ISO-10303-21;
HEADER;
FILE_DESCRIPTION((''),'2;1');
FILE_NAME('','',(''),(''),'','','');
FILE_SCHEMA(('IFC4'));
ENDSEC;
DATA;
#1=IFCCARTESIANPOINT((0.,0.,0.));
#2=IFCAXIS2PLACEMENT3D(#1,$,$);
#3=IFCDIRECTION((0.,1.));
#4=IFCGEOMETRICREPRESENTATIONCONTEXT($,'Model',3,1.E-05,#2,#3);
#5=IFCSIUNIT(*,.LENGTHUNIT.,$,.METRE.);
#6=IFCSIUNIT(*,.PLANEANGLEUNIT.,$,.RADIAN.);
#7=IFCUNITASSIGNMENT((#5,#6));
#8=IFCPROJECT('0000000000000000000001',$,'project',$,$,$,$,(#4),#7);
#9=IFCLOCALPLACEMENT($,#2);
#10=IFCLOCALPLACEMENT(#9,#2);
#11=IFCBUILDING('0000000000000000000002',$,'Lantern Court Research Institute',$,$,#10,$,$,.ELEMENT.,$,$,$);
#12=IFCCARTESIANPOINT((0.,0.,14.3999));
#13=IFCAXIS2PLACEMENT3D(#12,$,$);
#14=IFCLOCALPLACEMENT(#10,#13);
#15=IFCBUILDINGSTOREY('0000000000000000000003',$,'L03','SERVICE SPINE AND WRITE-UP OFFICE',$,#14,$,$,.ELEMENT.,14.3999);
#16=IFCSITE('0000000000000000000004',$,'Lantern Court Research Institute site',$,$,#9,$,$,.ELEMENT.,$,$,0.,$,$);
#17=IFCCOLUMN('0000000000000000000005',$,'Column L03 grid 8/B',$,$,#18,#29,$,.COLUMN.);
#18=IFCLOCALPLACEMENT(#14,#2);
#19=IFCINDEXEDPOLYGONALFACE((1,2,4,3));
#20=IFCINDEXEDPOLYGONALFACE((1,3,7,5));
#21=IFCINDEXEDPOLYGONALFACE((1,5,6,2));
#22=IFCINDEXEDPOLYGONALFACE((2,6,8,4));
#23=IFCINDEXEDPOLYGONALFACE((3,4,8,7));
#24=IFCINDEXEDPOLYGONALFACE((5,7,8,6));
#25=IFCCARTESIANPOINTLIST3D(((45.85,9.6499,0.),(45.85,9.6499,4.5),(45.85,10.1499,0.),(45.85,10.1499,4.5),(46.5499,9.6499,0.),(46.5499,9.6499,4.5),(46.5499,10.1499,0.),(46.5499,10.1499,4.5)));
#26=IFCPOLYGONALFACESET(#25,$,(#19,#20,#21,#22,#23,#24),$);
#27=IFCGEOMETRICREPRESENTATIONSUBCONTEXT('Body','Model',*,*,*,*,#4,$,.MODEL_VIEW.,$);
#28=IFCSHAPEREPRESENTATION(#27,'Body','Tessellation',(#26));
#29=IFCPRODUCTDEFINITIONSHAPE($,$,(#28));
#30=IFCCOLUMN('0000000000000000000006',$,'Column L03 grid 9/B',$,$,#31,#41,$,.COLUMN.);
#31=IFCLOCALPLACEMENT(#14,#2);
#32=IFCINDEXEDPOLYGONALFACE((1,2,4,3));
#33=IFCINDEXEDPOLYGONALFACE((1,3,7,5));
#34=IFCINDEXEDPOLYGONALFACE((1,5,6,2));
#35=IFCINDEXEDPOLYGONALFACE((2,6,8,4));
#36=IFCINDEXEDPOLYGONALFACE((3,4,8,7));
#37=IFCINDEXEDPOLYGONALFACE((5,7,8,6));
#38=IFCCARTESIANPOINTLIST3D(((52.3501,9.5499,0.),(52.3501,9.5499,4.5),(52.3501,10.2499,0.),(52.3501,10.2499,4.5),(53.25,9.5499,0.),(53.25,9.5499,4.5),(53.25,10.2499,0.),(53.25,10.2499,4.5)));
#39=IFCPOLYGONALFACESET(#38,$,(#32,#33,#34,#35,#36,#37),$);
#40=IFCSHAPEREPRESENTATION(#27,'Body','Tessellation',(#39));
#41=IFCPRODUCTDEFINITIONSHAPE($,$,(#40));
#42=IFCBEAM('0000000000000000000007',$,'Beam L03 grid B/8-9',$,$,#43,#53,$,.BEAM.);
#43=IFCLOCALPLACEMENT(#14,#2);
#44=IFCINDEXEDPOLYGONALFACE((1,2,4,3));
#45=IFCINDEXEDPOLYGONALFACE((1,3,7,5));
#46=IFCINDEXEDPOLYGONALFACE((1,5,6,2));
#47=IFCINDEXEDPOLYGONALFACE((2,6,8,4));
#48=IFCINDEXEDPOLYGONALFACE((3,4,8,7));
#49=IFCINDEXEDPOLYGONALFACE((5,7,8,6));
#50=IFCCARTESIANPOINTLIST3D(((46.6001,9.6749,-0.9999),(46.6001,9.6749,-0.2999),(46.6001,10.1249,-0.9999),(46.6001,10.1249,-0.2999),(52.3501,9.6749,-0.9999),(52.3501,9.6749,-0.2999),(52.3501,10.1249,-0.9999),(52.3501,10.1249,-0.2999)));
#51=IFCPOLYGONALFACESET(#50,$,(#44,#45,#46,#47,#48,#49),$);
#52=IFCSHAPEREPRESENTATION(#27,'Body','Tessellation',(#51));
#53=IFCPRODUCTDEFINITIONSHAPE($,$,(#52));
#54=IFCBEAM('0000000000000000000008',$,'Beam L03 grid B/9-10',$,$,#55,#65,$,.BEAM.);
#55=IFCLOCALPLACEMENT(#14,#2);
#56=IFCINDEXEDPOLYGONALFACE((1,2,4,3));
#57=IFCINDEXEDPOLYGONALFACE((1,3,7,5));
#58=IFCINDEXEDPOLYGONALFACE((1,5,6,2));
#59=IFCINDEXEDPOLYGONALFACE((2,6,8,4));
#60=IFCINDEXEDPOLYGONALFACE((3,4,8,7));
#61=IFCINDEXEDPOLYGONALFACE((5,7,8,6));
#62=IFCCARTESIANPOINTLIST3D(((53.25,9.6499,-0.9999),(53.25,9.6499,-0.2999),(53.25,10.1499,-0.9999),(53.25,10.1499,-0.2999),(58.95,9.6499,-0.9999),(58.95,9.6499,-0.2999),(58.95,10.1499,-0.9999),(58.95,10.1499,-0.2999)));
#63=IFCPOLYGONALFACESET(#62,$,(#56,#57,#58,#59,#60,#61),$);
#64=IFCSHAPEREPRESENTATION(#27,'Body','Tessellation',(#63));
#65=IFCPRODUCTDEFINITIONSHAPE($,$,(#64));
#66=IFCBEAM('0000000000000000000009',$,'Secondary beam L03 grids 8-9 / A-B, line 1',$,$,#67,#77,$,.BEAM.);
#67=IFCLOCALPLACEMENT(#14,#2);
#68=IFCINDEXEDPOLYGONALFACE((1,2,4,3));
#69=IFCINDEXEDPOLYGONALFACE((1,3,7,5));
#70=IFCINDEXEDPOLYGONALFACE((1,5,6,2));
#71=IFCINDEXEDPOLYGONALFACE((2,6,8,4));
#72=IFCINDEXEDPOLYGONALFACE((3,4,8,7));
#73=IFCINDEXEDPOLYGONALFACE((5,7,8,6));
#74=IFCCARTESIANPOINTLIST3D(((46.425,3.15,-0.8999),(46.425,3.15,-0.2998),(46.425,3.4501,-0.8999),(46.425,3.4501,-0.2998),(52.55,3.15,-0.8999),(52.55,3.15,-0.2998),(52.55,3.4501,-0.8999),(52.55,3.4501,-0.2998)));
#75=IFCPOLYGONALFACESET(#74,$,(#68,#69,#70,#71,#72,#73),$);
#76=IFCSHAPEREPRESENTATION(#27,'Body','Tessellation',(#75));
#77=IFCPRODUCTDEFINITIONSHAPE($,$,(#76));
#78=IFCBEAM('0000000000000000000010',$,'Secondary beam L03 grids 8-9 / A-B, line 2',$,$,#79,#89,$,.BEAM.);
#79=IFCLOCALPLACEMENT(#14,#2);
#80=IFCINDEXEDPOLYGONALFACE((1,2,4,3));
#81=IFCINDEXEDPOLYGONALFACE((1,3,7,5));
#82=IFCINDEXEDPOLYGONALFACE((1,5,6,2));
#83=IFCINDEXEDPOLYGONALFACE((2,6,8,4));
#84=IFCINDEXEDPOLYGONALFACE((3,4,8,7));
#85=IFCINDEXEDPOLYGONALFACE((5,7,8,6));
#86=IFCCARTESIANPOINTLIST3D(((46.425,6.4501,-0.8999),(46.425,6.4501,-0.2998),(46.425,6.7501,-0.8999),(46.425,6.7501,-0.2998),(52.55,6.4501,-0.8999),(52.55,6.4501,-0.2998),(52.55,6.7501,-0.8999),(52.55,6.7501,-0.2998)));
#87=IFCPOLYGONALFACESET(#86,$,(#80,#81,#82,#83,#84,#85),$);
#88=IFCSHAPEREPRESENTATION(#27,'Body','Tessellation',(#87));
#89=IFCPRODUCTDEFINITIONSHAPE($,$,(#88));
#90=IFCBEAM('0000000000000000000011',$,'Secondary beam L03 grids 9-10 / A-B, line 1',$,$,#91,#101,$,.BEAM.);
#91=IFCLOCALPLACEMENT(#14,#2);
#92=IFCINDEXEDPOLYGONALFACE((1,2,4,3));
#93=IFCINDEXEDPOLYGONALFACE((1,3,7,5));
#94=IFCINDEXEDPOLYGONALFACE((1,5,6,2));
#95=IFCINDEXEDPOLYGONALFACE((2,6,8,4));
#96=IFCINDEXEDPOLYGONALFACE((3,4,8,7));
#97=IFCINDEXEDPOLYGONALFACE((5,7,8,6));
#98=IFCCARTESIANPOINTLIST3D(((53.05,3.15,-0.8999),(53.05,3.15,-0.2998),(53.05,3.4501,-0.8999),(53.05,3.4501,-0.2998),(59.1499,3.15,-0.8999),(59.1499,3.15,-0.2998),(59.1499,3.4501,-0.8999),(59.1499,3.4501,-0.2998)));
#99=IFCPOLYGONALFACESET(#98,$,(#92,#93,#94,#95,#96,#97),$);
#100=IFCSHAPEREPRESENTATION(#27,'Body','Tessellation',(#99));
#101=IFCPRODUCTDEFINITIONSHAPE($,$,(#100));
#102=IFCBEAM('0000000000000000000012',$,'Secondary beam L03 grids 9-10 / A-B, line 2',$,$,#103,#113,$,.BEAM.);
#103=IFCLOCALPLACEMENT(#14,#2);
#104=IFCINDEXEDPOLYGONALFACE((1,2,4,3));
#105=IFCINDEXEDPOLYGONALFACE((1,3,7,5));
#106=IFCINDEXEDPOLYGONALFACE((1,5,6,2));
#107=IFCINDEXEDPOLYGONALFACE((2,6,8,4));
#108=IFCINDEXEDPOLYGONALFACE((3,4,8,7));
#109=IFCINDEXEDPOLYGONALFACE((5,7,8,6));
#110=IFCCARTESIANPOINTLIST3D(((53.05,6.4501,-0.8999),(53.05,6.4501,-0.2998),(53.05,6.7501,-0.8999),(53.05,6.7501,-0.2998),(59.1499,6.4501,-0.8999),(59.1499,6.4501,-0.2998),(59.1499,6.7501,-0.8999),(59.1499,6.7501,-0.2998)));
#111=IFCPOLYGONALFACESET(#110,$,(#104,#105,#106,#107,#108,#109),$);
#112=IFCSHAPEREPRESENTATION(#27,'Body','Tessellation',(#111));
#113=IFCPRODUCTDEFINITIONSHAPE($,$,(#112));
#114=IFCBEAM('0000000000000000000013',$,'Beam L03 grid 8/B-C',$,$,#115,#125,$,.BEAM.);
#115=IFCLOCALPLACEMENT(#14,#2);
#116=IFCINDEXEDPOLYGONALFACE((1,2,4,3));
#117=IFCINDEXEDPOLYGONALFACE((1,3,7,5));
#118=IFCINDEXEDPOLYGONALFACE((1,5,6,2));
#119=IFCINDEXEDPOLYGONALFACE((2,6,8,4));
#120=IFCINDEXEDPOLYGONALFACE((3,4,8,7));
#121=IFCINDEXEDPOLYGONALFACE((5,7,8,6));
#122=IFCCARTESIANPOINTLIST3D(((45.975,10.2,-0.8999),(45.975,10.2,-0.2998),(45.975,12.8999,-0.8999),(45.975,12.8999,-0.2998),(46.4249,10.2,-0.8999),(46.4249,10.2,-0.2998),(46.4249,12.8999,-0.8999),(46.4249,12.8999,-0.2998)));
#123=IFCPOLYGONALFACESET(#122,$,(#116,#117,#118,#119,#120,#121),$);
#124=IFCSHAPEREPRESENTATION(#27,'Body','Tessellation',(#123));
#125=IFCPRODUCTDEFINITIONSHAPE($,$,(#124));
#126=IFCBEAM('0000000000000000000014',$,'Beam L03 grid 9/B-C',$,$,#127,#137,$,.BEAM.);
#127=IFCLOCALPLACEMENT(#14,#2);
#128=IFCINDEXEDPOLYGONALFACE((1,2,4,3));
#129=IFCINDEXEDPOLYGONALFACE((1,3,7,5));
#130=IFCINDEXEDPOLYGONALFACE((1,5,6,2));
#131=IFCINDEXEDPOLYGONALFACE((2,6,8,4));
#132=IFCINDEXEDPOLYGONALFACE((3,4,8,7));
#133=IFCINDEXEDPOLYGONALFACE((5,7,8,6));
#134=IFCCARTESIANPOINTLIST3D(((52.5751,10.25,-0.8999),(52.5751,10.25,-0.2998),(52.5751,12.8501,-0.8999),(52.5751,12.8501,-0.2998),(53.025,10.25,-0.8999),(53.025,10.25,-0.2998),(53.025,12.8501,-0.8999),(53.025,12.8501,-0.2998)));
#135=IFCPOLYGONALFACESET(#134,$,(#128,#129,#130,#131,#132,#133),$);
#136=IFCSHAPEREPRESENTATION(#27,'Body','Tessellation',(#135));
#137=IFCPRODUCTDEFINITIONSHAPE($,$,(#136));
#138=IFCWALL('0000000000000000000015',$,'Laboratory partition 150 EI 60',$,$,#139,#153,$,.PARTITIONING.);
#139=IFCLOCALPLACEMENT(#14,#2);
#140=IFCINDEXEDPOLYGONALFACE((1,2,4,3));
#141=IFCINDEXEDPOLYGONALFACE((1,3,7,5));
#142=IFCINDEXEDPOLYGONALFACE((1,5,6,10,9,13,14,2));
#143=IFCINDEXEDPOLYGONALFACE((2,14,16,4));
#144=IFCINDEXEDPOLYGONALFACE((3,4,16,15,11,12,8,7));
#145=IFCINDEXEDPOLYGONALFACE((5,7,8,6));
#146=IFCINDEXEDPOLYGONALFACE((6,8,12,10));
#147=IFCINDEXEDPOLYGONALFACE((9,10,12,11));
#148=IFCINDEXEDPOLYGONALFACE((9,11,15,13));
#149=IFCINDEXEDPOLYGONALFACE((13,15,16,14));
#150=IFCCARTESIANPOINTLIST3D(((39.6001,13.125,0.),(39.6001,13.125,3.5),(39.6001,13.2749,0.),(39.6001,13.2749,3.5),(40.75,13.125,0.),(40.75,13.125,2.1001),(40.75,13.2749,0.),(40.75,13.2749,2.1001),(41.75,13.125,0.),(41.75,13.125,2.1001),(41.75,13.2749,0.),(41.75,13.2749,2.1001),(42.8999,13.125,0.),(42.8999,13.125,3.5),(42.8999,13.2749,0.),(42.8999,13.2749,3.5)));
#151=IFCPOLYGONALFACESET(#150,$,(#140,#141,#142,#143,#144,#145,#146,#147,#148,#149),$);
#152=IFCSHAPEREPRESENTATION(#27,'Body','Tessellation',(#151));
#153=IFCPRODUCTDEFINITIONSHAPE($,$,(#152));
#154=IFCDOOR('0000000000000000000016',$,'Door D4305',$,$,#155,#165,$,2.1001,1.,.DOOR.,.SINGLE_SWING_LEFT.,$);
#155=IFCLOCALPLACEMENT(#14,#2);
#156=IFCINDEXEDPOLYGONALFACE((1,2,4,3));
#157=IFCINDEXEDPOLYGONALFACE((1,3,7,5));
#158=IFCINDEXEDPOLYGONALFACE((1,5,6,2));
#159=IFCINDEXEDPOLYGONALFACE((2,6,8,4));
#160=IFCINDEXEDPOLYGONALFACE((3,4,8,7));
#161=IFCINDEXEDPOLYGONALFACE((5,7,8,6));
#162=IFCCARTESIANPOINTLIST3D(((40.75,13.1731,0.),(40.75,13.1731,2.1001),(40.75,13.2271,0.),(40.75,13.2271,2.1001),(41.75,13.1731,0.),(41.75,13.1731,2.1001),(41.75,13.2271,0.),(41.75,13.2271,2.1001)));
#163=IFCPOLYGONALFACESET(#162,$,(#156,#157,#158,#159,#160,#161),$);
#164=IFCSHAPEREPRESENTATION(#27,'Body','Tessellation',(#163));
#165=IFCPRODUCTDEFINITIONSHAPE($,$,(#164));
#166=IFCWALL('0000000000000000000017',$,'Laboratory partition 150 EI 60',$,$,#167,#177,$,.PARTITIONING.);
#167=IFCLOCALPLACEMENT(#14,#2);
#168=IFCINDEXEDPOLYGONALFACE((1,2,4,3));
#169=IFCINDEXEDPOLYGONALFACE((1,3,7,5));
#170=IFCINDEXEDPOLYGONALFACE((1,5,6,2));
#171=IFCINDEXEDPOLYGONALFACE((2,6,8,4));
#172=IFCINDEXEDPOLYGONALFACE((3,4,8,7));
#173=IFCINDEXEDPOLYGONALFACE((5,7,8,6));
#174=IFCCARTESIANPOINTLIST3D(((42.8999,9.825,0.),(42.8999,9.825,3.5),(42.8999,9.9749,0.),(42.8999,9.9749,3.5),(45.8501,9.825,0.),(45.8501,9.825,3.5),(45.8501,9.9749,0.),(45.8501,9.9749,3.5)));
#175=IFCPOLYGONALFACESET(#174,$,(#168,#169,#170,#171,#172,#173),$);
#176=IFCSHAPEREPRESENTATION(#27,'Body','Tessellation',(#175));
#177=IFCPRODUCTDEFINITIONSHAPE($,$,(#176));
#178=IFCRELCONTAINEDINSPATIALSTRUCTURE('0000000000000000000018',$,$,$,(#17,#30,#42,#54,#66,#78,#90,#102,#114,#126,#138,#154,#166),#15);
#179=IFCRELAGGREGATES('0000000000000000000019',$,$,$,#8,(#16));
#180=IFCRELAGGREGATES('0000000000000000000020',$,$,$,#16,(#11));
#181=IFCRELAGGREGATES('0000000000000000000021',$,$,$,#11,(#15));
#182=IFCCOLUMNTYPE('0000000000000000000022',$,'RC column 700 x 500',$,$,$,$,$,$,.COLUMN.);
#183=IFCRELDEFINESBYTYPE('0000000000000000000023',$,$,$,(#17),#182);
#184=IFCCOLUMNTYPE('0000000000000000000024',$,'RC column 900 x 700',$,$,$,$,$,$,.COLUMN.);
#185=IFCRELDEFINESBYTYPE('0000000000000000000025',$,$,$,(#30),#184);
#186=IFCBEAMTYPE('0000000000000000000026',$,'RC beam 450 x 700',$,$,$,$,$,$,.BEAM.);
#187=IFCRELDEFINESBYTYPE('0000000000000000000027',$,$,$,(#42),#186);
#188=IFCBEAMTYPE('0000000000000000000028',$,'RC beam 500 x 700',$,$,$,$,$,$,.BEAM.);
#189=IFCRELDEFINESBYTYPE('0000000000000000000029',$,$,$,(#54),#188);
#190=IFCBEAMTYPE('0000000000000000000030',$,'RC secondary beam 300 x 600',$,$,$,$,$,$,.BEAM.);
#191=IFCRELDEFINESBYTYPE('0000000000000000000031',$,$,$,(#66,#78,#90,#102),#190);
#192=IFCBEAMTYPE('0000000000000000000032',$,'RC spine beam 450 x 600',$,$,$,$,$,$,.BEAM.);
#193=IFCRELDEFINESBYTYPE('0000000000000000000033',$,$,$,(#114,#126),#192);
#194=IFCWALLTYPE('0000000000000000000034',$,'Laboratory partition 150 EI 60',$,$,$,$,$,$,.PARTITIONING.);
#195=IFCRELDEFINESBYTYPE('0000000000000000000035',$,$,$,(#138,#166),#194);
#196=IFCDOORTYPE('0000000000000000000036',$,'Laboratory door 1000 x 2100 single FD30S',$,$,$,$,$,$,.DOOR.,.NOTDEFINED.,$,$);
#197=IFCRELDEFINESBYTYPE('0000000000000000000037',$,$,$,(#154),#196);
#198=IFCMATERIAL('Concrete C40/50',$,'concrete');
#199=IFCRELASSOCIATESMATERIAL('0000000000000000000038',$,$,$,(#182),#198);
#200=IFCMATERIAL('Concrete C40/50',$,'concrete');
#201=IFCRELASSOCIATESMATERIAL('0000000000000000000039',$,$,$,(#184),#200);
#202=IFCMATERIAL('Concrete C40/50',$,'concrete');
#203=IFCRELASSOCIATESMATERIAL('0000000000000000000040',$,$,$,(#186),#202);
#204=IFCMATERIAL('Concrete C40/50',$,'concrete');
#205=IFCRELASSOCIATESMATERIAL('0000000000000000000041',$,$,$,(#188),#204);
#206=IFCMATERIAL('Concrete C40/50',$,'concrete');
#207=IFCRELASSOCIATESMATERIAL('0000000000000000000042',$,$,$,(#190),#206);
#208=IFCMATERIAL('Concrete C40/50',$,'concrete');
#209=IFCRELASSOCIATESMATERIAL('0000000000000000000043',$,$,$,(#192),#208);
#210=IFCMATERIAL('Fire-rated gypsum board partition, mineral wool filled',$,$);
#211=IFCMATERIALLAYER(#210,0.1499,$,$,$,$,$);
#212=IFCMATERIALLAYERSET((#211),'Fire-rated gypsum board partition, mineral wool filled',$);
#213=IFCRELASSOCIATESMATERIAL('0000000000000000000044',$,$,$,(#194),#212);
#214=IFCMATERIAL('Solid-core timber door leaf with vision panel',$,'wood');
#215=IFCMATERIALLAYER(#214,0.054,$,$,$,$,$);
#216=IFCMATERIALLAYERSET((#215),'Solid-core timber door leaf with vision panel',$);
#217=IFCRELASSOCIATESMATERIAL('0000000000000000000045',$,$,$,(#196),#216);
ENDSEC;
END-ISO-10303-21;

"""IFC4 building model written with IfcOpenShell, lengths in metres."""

from ifc_helpers import new_model, si_unit, direction, frame, frame_2d, origin, origin_2d, place, context, subcontext, project, spatial, rectangle, extrude, material, layer, layer_set, material_profile, profile_set, type_object, element, fill, save


model = new_model("IFC4")

# Units and contexts
model_context = context("Model", 3, precision=1e-05, world=origin(), true_north=direction((0.0, 1.0)))
body_context = subcontext(model_context, "Body", "Model", "MODEL_VIEW")
ifc_project = project(units=[si_unit("LENGTHUNIT", "METRE"), si_unit("PLANEANGLEUNIT", "RADIAN")], contexts=[model_context])

# Site, building, storey
site_placement = place(None, origin())
site = spatial("IfcSite", under=ifc_project, at=site_placement, Name="Lantern Court Research Institute site", CompositionType="ELEMENT", RefElevation=0.0)
building_placement = place(site_placement, origin())
building = spatial("IfcBuilding", under=site, at=building_placement, Name="Lantern Court Research Institute", CompositionType="ELEMENT")
storey_placement = place(building_placement, frame((0.0, 0.0, 14.3999)))
storey = spatial("IfcBuildingStorey", under=building, at=storey_placement, Name="L03", Description="SERVICE SPINE AND WRITE-UP OFFICE", CompositionType="ELEMENT", Elevation=14.3999)

# Columns
ifc_material_1 = material(Name="Concrete C40/50", Category="concrete")
ifc_material_profile_1 = material_profile(ifc_material_1, rectangle(XDim=0.7, YDim=0.5, at=origin_2d()), Name="RC column 700 x 500")
ifc_profile_set_1 = profile_set([ifc_material_profile_1], Name="Concrete C40/50")
column_type_1 = type_object("IfcColumnType", Name="RC column 700 x 500", PredefinedType="COLUMN", material=ifc_profile_set_1)
column_1_placement = place(storey_placement, frame((46.2, 9.8999, 0.0), z_axis=(0.0, 0.0, 1.0), x_axis=(1.0, 0.0, 0.0)))
element("IfcColumn", 1, at=column_1_placement, inside=storey, type_object=column_type_1, Name="Column L03 grid 8/B", PredefinedType="COLUMN", context=body_context, shape_type="SweptSolid", body=[
    extrude(rectangle(XDim=0.7, YDim=0.5, at=origin_2d()), origin(), (0.0, 0.0, 1.0), 4.5),
])
ifc_material_2 = material(Name="Concrete C40/50", Category="concrete")
ifc_material_profile_2 = material_profile(ifc_material_2, rectangle(XDim=0.8999, YDim=0.7, at=origin_2d()), Name="RC column 900 x 700")
ifc_profile_set_2 = profile_set([ifc_material_profile_2], Name="Concrete C40/50")
column_type_2 = type_object("IfcColumnType", Name="RC column 900 x 700", PredefinedType="COLUMN", material=ifc_profile_set_2)
column_2_placement = place(storey_placement, frame((52.8, 9.8999, 0.0), z_axis=(0.0, 0.0, 1.0), x_axis=(1.0, 0.0, 0.0)))
element("IfcColumn", 2, at=column_2_placement, inside=storey, type_object=column_type_2, Name="Column L03 grid 9/B", PredefinedType="COLUMN", context=body_context, shape_type="SweptSolid", body=[
    extrude(rectangle(XDim=0.8999, YDim=0.7, at=origin_2d()), origin(), (0.0, 0.0, 1.0), 4.5),
])

# Beams
ifc_material_3 = material(Name="Concrete C40/50", Category="concrete")
ifc_material_profile_3 = material_profile(ifc_material_3, rectangle(XDim=0.45, YDim=0.7, at=origin_2d()), Name="RC beam 450 x 700")
ifc_profile_set_3 = profile_set([ifc_material_profile_3], Name="Concrete C40/50")
beam_type_1 = type_object("IfcBeamType", Name="RC beam 450 x 700", PredefinedType="BEAM", material=ifc_profile_set_3)
beam_1_placement = place(storey_placement, frame((46.6001, 9.8999, -0.6499), z_axis=(1.0, 0.0, 0.0), x_axis=(0.0, 1.0, 0.0)))
element("IfcBeam", 3, at=beam_1_placement, inside=storey, type_object=beam_type_1, Name="Beam L03 grid B/8-9", PredefinedType="BEAM", context=body_context, shape_type="SweptSolid", body=[
    extrude(rectangle(XDim=0.45, YDim=0.7, at=origin_2d()), origin(), (0.0, 0.0, 1.0), 5.75),
])
ifc_material_4 = material(Name="Concrete C40/50", Category="concrete")
ifc_material_profile_4 = material_profile(ifc_material_4, rectangle(XDim=0.5, YDim=0.7, at=origin_2d()), Name="RC beam 500 x 700")
ifc_profile_set_4 = profile_set([ifc_material_profile_4], Name="Concrete C40/50")
beam_type_2 = type_object("IfcBeamType", Name="RC beam 500 x 700", PredefinedType="BEAM", material=ifc_profile_set_4)
beam_2_placement = place(storey_placement, frame((53.25, 9.8999, -0.6499), z_axis=(1.0, 0.0, 0.0), x_axis=(0.0, 1.0, 0.0)))
element("IfcBeam", 4, at=beam_2_placement, inside=storey, type_object=beam_type_2, Name="Beam L03 grid B/9-10", PredefinedType="BEAM", context=body_context, shape_type="SweptSolid", body=[
    extrude(rectangle(XDim=0.5, YDim=0.7, at=origin_2d()), origin(), (0.0, 0.0, 1.0), 5.7),
])
ifc_material_5 = material(Name="Concrete C40/50", Category="concrete")
ifc_material_profile_5 = material_profile(ifc_material_5, rectangle(XDim=0.3, YDim=0.6001, at=origin_2d()), Name="RC beam 300 x 600")
ifc_profile_set_5 = profile_set([ifc_material_profile_5], Name="Concrete C40/50")
beam_type_3 = type_object("IfcBeamType", Name="RC secondary beam 300 x 600", PredefinedType="BEAM", material=ifc_profile_set_5)
for number, where, z_axis, x_axis, name in (
    (5, (46.425, 3.3, -0.5999), (1.0, 0.0, 0.0), (0.0, 1.0, 0.0), "Secondary beam L03 grids 8-9 / A-B, line 1"),
    (6, (46.425, 6.6001, -0.5999), (1.0, 0.0, 0.0), (0.0, 1.0, 0.0), "Secondary beam L03 grids 8-9 / A-B, line 2"),
):
    element("IfcBeam", number, at=place(storey_placement, frame(where, z_axis=z_axis, x_axis=x_axis)), inside=storey, type_object=beam_type_3, Name=name, PredefinedType="BEAM", context=body_context, shape_type="SweptSolid", body=[
        extrude(rectangle(XDim=0.3, YDim=0.6001, at=origin_2d()), origin(), (0.0, 0.0, 1.0), 6.125),
    ])
for number, where, z_axis, x_axis, name in (
    (7, (53.05, 3.3, -0.5999), (1.0, 0.0, 0.0), (0.0, 1.0, 0.0), "Secondary beam L03 grids 9-10 / A-B, line 1"),
    (8, (53.05, 6.6001, -0.5999), (1.0, 0.0, 0.0), (0.0, 1.0, 0.0), "Secondary beam L03 grids 9-10 / A-B, line 2"),
):
    element("IfcBeam", number, at=place(storey_placement, frame(where, z_axis=z_axis, x_axis=x_axis)), inside=storey, type_object=beam_type_3, Name=name, PredefinedType="BEAM", context=body_context, shape_type="SweptSolid", body=[
        extrude(rectangle(XDim=0.3, YDim=0.6001, at=origin_2d()), origin(), (0.0, 0.0, 1.0), 6.0999),
    ])
ifc_material_6 = material(Name="Concrete C40/50", Category="concrete")
ifc_material_profile_6 = material_profile(ifc_material_6, rectangle(XDim=0.45, YDim=0.6001, at=origin_2d()), Name="RC beam 450 x 600")
ifc_profile_set_6 = profile_set([ifc_material_profile_6], Name="Concrete C40/50")
beam_type_4 = type_object("IfcBeamType", Name="RC spine beam 450 x 600", PredefinedType="BEAM", material=ifc_profile_set_6)
beam_3_placement = place(storey_placement, frame((46.2, 10.2, -0.5999), z_axis=(0.0, 1.0, 0.0), x_axis=(-1.0, 0.0, 0.0)))
element("IfcBeam", 9, at=beam_3_placement, inside=storey, type_object=beam_type_4, Name="Beam L03 grid 8/B-C", PredefinedType="BEAM", context=body_context, shape_type="SweptSolid", body=[
    extrude(rectangle(XDim=0.45, YDim=0.6001, at=origin_2d()), origin(), (0.0, 0.0, 1.0), 2.7),
])
beam_4_placement = place(storey_placement, frame((52.8, 10.25, -0.5999), z_axis=(0.0, 1.0, 0.0), x_axis=(-1.0, 0.0, 0.0)))
element("IfcBeam", 10, at=beam_4_placement, inside=storey, type_object=beam_type_4, Name="Beam L03 grid 9/B-C", PredefinedType="BEAM", context=body_context, shape_type="SweptSolid", body=[
    extrude(rectangle(XDim=0.45, YDim=0.6001, at=origin_2d()), origin(), (0.0, 0.0, 1.0), 2.6001),
])

# Wall, opening, door
ifc_material_7 = material(Name="Fire-rated gypsum board partition, mineral wool filled")
ifc_layer_1 = layer(ifc_material_7, 0.1499)
ifc_layer_set_1 = layer_set([ifc_layer_1], Name="Fire-rated gypsum board partition, mineral wool filled")
wall_type_1 = type_object("IfcWallType", Name="Laboratory partition 150 EI 60", PredefinedType="PARTITIONING", material=ifc_layer_set_1)
wall_1_placement = place(storey_placement, frame((42.8999, 13.2, 0.0), z_axis=(0.0, 0.0, 1.0), x_axis=(-1.0, 0.0, 0.0)))
wall_1 = element("IfcWall", 11, at=wall_1_placement, inside=storey, type_object=wall_type_1, Name="Laboratory partition 150 EI 60", PredefinedType="PARTITIONING", context=body_context, shape_type="SweptSolid", body=[
    extrude(rectangle(XDim=3.2998, YDim=0.1499, at=frame_2d((1.6499, 0.0))), origin(), (0.0, 0.0, 1.0), 3.5),
])
opening_1_placement = place(wall_1_placement, frame((1.1499, 0.0, 0.0)))
opening_1 = element("IfcOpeningElement", 12, at=opening_1_placement, cuts=wall_1, PredefinedType="OPENING", context=body_context, shape_type="SweptSolid", body=[
    extrude(rectangle(XDim=1.0, YDim=2.1001, at=frame_2d((0.5, 1.05))), frame((0.0, 0.085, 0.0), z_axis=(0.0, -1.0, 0.0), x_axis=(1.0, 0.0, 0.0)), (0.0, 0.0, 1.0), 0.1699),
])
ifc_material_8 = material(Name="Solid-core timber door leaf with vision panel", Category="wood")
ifc_layer_2 = layer(ifc_material_8, 0.054)
ifc_layer_set_2 = layer_set([ifc_layer_2], Name="Solid-core timber door leaf with vision panel")
door_type_1 = type_object("IfcDoorType", Name="Laboratory door 1000 x 2100 single FD30S", OperationType="NOTDEFINED", PredefinedType="DOOR", material=ifc_layer_set_2)
door_1_placement = place(opening_1_placement, origin())
door_1 = element("IfcDoor", 13, at=door_1_placement, inside=storey, type_object=door_type_1, Name="Door D4305", OperationType="SINGLE_SWING_LEFT", OverallHeight=2.1001, OverallWidth=1.0, PredefinedType="DOOR", context=body_context, shape_type="SweptSolid", body=[
    extrude(rectangle(XDim=1.0, YDim=2.1001, at=frame_2d((0.5, 1.05))), frame((0.0, 0.0269, 0.0), z_axis=(0.0, -1.0, 0.0), x_axis=(1.0, 0.0, 0.0)), (0.0, 0.0, 1.0), 0.054),
])
fill(opening_1, door_1)

# Wall
wall_2_placement = place(storey_placement, frame((42.8999, 9.8999, 0.0), z_axis=(0.0, 0.0, 1.0), x_axis=(1.0, 0.0, 0.0)))
element("IfcWall", 14, at=wall_2_placement, inside=storey, type_object=wall_type_1, Name="Laboratory partition 150 EI 60", PredefinedType="PARTITIONING", context=body_context, shape_type="SweptSolid", body=[
    extrude(rectangle(XDim=2.9502, YDim=0.1499, at=frame_2d((1.4751, 0.0))), origin(), (0.0, 0.0, 1.0), 3.5),
])

save(model, "model.ifc")
